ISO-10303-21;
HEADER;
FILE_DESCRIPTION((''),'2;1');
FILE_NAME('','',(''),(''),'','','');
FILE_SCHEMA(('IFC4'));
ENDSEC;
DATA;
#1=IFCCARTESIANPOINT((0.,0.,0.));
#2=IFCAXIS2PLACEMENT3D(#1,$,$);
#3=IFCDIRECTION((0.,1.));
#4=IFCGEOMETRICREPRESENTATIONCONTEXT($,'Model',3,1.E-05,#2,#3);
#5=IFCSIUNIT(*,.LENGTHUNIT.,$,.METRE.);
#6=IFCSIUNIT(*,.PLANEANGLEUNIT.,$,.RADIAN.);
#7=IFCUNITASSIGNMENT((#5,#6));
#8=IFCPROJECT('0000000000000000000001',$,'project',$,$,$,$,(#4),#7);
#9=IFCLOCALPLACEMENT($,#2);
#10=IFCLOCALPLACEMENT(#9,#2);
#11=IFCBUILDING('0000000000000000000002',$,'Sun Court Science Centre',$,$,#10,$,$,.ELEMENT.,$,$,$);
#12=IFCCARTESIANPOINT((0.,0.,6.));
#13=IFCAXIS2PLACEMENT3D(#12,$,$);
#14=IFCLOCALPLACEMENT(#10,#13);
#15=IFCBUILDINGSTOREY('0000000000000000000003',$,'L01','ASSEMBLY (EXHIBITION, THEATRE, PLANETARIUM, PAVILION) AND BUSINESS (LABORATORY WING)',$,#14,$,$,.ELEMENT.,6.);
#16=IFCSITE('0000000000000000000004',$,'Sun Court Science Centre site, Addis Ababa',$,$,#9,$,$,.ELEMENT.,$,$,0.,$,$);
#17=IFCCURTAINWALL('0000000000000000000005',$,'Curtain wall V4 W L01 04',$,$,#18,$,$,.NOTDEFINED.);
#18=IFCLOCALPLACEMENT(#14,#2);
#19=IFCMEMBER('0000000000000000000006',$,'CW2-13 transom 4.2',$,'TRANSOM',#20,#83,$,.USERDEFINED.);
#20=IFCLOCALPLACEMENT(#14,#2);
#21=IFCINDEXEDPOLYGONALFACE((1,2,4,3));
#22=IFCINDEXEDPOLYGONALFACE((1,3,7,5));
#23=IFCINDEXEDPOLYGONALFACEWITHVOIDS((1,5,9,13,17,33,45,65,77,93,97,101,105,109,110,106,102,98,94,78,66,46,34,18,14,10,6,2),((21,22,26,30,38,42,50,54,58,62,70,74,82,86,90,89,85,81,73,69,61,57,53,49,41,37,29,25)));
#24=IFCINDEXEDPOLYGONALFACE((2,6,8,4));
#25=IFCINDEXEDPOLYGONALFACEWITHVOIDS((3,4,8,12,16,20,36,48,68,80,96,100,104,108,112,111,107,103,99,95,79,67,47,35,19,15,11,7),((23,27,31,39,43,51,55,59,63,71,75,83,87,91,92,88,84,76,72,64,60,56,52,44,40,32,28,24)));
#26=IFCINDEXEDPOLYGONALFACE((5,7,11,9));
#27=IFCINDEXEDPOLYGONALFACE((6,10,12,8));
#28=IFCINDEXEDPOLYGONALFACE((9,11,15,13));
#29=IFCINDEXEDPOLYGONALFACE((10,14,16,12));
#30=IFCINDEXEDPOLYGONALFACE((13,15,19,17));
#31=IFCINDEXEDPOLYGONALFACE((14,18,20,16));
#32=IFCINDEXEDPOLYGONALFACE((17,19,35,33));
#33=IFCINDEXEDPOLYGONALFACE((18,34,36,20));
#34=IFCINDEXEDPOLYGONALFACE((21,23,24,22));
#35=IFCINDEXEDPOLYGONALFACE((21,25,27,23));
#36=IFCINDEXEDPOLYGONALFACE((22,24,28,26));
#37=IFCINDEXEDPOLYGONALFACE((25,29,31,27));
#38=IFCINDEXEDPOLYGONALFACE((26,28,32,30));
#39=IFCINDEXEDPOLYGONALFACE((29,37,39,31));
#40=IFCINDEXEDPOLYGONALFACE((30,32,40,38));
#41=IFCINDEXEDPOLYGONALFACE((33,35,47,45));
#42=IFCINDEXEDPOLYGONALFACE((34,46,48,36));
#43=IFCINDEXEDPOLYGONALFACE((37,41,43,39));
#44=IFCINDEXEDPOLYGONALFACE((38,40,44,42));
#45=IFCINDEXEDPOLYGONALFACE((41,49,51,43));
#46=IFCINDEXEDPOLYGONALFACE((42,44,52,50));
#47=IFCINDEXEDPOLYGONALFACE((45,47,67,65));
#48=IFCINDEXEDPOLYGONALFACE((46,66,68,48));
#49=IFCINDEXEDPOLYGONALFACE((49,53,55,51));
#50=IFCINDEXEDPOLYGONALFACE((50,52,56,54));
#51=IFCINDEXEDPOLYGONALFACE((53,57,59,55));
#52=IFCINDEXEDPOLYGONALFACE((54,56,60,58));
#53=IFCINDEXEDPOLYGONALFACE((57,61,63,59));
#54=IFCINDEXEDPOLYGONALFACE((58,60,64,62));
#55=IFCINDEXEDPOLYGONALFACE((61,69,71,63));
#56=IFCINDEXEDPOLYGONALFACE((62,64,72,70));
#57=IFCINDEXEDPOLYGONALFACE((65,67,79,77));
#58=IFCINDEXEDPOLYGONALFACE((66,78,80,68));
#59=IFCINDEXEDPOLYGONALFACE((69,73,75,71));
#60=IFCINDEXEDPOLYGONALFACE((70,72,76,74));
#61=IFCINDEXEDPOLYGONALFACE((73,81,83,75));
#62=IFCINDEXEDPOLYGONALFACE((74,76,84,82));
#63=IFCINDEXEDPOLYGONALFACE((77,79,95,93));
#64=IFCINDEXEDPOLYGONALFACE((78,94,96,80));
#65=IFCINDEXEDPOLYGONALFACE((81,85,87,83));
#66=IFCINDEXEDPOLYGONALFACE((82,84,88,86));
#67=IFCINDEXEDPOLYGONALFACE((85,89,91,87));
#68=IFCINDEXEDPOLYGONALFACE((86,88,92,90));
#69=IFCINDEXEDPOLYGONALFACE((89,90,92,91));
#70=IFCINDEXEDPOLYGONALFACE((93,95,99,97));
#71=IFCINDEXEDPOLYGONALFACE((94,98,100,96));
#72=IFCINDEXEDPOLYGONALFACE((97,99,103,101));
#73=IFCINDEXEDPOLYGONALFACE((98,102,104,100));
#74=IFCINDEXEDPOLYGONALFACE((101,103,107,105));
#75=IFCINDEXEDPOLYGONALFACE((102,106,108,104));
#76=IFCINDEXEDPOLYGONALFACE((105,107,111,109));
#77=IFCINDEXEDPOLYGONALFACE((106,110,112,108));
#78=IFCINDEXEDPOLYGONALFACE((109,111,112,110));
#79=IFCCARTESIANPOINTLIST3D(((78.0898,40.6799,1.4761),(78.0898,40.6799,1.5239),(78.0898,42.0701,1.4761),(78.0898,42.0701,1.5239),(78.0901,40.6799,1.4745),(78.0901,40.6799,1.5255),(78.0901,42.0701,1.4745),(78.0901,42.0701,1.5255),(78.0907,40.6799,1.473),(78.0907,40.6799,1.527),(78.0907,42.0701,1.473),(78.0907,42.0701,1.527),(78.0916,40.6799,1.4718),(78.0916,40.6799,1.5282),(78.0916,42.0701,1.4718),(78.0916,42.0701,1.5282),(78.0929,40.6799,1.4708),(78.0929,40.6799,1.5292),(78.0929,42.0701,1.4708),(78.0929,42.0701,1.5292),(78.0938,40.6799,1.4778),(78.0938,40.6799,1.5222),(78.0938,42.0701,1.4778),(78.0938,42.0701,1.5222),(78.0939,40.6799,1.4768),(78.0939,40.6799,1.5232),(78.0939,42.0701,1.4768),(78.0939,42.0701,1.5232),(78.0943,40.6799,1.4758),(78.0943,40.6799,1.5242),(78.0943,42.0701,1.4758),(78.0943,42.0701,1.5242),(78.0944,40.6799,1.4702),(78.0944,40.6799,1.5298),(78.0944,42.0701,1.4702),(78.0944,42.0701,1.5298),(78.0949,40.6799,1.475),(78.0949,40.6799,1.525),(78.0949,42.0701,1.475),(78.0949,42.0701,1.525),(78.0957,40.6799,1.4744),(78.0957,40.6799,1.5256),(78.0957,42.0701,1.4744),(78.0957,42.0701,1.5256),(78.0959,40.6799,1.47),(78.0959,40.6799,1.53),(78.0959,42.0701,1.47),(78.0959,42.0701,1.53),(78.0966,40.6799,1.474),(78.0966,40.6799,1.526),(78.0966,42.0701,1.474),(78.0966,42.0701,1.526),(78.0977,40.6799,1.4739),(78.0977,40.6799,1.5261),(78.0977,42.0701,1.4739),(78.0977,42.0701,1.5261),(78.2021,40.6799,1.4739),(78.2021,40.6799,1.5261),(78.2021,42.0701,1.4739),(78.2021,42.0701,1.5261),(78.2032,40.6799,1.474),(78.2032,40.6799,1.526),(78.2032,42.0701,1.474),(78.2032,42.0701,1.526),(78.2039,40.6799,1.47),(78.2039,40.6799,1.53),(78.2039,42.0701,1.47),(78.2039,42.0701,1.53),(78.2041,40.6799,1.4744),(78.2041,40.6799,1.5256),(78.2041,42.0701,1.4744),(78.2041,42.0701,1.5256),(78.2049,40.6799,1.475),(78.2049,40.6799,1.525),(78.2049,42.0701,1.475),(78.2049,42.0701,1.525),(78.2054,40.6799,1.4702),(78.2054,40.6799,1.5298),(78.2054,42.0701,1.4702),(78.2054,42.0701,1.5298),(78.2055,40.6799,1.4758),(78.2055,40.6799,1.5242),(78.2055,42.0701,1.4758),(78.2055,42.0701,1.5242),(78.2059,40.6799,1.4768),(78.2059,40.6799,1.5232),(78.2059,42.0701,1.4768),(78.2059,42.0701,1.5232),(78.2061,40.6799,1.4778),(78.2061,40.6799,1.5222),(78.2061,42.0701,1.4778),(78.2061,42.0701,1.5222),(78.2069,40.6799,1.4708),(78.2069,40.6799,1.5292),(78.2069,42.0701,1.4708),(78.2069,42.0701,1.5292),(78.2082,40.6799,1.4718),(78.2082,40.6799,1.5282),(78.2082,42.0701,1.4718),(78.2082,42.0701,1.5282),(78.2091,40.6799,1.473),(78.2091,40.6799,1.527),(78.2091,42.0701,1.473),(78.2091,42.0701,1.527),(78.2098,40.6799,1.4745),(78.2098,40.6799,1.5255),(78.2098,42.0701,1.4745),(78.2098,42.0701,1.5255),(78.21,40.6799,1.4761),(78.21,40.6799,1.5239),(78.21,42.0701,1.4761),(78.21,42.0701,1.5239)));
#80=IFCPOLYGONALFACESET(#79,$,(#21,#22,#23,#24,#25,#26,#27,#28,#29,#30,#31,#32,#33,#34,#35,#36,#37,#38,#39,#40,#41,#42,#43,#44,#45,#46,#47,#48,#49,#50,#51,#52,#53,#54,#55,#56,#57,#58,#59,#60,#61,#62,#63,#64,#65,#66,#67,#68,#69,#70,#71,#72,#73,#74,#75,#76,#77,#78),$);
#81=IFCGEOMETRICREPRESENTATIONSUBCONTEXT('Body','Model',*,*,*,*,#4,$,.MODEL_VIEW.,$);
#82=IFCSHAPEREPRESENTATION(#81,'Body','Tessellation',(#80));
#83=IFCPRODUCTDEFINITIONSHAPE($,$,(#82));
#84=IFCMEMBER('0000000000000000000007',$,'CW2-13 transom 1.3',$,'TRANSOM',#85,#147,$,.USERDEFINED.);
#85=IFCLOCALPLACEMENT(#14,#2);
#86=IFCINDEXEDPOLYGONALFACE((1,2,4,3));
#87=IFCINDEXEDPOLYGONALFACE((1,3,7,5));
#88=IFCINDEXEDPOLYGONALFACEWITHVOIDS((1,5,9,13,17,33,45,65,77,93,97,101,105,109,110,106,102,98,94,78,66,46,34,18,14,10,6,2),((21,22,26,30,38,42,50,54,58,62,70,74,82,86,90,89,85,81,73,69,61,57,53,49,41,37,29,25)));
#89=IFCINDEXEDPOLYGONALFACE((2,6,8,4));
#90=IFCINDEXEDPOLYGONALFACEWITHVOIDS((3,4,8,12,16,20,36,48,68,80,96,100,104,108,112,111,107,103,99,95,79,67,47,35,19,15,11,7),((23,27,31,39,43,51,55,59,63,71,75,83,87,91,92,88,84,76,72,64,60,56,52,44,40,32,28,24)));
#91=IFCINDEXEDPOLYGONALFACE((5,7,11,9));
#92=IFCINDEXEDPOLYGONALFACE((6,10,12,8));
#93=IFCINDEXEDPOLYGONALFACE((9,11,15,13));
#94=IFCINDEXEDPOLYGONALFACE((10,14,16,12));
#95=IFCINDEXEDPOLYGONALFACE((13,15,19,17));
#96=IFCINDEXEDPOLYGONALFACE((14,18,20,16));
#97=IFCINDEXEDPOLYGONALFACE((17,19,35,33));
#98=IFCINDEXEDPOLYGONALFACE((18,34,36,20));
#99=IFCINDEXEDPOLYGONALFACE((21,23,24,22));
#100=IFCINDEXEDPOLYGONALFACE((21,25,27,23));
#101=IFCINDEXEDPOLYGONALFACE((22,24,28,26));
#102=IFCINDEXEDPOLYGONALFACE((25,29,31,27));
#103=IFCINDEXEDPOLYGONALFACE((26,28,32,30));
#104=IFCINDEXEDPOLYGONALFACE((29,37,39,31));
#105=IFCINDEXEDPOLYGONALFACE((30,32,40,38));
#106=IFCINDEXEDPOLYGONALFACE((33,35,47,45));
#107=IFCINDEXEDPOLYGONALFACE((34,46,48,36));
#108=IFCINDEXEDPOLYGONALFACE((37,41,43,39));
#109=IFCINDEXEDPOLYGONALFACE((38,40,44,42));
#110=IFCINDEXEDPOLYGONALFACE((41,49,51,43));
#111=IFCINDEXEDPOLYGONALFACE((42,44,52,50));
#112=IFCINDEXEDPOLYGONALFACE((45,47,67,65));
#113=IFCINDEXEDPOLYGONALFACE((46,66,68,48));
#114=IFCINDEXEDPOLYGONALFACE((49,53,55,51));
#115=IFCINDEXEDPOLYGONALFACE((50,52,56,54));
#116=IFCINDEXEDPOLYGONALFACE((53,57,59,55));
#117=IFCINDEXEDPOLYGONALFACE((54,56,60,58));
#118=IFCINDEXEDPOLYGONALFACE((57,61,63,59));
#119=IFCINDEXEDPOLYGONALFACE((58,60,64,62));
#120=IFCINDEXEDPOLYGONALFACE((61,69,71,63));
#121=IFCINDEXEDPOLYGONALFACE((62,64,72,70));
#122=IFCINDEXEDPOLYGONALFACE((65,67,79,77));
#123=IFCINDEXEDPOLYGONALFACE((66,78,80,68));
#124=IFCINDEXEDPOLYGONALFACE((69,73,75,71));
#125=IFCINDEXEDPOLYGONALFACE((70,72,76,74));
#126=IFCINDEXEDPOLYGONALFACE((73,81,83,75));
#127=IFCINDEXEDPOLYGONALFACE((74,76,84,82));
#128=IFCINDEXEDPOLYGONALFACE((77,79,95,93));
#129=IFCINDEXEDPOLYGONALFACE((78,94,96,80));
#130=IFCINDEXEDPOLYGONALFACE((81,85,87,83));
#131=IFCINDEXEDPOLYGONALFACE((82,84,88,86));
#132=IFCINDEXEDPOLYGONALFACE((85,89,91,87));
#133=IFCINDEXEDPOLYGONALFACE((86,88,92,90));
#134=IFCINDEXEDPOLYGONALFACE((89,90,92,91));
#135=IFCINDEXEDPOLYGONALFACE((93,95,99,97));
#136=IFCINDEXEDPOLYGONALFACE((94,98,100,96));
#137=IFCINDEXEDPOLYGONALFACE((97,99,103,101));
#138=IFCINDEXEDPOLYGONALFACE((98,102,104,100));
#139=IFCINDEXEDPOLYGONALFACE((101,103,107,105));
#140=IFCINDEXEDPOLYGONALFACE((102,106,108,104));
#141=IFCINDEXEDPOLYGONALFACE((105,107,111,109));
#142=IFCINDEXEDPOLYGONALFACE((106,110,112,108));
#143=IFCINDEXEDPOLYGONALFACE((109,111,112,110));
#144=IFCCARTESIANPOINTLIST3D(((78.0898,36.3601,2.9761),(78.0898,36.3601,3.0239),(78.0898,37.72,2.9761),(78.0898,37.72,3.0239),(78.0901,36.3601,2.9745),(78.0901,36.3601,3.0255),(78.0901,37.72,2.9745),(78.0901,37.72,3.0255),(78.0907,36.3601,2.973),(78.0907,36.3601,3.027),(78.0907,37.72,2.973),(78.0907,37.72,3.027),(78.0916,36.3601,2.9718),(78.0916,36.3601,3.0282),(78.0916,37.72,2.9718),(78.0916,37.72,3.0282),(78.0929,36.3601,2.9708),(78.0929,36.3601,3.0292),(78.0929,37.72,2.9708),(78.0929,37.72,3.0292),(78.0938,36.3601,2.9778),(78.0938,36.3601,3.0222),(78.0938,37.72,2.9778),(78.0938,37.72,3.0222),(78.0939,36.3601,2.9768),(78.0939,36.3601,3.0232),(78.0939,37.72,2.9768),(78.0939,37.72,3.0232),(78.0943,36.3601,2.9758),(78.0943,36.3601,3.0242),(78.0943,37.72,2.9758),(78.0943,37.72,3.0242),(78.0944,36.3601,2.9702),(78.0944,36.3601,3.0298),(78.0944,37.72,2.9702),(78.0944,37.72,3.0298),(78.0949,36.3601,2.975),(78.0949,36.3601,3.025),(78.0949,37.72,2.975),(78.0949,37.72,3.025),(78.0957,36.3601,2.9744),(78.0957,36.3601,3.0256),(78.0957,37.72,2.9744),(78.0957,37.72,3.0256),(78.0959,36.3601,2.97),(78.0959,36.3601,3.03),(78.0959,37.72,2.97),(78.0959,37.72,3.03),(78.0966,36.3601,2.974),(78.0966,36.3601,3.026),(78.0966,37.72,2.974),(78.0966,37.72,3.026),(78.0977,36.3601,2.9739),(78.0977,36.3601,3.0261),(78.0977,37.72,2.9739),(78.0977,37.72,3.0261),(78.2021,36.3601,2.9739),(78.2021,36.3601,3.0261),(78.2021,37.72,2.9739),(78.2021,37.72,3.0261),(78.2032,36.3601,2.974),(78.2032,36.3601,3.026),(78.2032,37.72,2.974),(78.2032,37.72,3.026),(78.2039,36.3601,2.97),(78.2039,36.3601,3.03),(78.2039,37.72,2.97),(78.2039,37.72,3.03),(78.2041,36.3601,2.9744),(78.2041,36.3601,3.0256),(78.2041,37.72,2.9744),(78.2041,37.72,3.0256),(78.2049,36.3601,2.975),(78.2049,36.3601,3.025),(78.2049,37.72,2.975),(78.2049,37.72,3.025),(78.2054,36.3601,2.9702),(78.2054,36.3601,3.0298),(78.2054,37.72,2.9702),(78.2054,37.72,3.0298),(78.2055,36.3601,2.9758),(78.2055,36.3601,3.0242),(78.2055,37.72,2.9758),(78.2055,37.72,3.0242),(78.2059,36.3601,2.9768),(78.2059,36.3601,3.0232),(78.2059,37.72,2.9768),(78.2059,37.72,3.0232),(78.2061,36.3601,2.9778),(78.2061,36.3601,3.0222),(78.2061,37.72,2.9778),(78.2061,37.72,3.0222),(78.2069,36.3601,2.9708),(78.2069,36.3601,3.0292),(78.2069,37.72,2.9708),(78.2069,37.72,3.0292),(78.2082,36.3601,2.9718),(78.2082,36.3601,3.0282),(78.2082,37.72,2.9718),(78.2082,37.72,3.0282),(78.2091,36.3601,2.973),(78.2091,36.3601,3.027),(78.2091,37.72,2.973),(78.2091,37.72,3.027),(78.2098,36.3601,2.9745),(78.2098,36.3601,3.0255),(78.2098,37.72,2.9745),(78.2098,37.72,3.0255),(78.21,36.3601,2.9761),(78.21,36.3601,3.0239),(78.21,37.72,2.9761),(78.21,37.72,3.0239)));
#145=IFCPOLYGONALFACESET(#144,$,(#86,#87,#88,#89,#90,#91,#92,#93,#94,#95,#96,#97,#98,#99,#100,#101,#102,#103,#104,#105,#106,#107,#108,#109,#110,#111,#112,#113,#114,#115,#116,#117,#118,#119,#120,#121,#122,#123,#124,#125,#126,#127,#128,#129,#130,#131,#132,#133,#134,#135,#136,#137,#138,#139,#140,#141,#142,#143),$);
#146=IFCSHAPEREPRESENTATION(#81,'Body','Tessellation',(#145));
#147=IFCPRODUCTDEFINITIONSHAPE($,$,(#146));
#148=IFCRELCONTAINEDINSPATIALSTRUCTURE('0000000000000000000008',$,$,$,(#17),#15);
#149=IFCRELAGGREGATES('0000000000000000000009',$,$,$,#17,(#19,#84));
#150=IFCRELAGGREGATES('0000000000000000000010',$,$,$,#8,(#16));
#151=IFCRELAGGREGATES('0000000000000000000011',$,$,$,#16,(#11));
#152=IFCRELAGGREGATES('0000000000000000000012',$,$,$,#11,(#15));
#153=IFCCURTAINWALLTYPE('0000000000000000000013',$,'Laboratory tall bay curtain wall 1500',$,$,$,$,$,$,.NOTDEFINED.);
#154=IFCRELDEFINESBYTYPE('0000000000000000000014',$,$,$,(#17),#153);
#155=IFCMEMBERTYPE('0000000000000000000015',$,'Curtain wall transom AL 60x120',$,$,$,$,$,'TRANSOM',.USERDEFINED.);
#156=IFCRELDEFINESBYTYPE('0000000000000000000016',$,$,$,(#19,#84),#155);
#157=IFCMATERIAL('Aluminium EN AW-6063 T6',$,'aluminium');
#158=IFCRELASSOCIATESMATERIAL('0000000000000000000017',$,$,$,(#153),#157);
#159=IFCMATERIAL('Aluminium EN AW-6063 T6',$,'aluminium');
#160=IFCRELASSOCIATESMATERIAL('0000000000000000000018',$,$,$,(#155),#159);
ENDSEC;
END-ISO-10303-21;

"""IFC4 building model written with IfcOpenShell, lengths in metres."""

from ifc_helpers import new_model, si_unit, direction, frame, origin, origin_2d, place, context, subcontext, project, spatial, hollow_rectangle, extrude, material, material_profile, profile_set, type_object, element, aggregate, save


model = new_model("IFC4")

# Units and contexts
model_context = context("Model", 3, precision=1e-05, world=origin(), true_north=direction((0.0, 1.0)))
body_context = subcontext(model_context, "Body", "Model", "MODEL_VIEW")
ifc_project = project(units=[si_unit("LENGTHUNIT", "METRE"), si_unit("PLANEANGLEUNIT", "RADIAN")], contexts=[model_context])

# Site, building, storey
site_placement = place(None, origin())
site = spatial("IfcSite", under=ifc_project, at=site_placement, Name="Sun Court Science Centre site, Addis Ababa", CompositionType="ELEMENT", RefElevation=0.0)
building_placement = place(site_placement, origin())
building = spatial("IfcBuilding", under=site, at=building_placement, Name="Sun Court Science Centre", CompositionType="ELEMENT")
storey_placement = place(building_placement, frame((0.0, 0.0, 6.0)))
storey = spatial("IfcBuildingStorey", under=building, at=storey_placement, Name="L01", Description="ASSEMBLY (EXHIBITION, THEATRE, PLANETARIUM, PAVILION) AND BUSINESS (LABORATORY WING)", CompositionType="ELEMENT", Elevation=6.0)

# Shared definitions
ifc_material_1 = material(Name="Aluminium EN AW-6063 T6", Category="aluminium")
curtain_wall_type = type_object("IfcCurtainWallType", Name="Laboratory tall bay curtain wall 1500", PredefinedType="NOTDEFINED", material=ifc_material_1)

# Curtain wall
curtain_wall_1_placement = place(storey_placement, origin())
curtain_wall_1 = element("IfcCurtainWall", 1, at=curtain_wall_1_placement, inside=storey, type_object=curtain_wall_type, Name="Curtain wall V4 W L01 04", PredefinedType="NOTDEFINED")

# Members
ifc_material_2 = material(Name="Aluminium EN AW-6063 T6", Category="aluminium")
ifc_material_profile_1 = material_profile(ifc_material_2, hollow_rectangle(XDim=0.0601, YDim=0.1201, WallThickness=0.0039, InnerFilletRadius=0.0039, OuterFilletRadius=0.0061, at=origin_2d()), Name="AL 60x120x4")
ifc_profile_set_1 = profile_set([ifc_material_profile_1], Name="Aluminium EN AW-6063 T6")
member_type_1 = type_object("IfcMemberType", Name="Curtain wall transom AL 60x120", ElementType="TRANSOM", PredefinedType="USERDEFINED", material=ifc_profile_set_1)
member_1_placement = place(storey_placement, frame((78.1499, 40.6799, 1.5), z_axis=(0.0, 1.0, 0.0), x_axis=(0.0, 0.0, 1.0)))
member_1 = element("IfcMember", 2, at=member_1_placement, type_object=member_type_1, Name="CW2-13 transom 4.2", ObjectType="TRANSOM", PredefinedType="USERDEFINED", context=body_context, shape_type="SweptSolid", body=[
    extrude(hollow_rectangle(XDim=0.0601, YDim=0.1201, WallThickness=0.0039, InnerFilletRadius=0.0039, OuterFilletRadius=0.0061, at=origin_2d()), origin(), (0.0, 0.0, 1.0), 1.3901),
])
member_2_placement = place(storey_placement, frame((78.1499, 36.3601, 3.0), z_axis=(0.0, 1.0, 0.0), x_axis=(0.0, 0.0, 1.0)))
member_2 = element("IfcMember", 3, at=member_2_placement, type_object=member_type_1, Name="CW2-13 transom 1.3", ObjectType="TRANSOM", PredefinedType="USERDEFINED", context=body_context, shape_type="SweptSolid", body=[
    extrude(hollow_rectangle(XDim=0.0601, YDim=0.1201, WallThickness=0.0039, InnerFilletRadius=0.0039, OuterFilletRadius=0.0061, at=origin_2d()), origin(), (0.0, 0.0, 1.0), 1.3599),
])

aggregate(curtain_wall_1, [member_1, member_2])

save(model, "model.ifc")
